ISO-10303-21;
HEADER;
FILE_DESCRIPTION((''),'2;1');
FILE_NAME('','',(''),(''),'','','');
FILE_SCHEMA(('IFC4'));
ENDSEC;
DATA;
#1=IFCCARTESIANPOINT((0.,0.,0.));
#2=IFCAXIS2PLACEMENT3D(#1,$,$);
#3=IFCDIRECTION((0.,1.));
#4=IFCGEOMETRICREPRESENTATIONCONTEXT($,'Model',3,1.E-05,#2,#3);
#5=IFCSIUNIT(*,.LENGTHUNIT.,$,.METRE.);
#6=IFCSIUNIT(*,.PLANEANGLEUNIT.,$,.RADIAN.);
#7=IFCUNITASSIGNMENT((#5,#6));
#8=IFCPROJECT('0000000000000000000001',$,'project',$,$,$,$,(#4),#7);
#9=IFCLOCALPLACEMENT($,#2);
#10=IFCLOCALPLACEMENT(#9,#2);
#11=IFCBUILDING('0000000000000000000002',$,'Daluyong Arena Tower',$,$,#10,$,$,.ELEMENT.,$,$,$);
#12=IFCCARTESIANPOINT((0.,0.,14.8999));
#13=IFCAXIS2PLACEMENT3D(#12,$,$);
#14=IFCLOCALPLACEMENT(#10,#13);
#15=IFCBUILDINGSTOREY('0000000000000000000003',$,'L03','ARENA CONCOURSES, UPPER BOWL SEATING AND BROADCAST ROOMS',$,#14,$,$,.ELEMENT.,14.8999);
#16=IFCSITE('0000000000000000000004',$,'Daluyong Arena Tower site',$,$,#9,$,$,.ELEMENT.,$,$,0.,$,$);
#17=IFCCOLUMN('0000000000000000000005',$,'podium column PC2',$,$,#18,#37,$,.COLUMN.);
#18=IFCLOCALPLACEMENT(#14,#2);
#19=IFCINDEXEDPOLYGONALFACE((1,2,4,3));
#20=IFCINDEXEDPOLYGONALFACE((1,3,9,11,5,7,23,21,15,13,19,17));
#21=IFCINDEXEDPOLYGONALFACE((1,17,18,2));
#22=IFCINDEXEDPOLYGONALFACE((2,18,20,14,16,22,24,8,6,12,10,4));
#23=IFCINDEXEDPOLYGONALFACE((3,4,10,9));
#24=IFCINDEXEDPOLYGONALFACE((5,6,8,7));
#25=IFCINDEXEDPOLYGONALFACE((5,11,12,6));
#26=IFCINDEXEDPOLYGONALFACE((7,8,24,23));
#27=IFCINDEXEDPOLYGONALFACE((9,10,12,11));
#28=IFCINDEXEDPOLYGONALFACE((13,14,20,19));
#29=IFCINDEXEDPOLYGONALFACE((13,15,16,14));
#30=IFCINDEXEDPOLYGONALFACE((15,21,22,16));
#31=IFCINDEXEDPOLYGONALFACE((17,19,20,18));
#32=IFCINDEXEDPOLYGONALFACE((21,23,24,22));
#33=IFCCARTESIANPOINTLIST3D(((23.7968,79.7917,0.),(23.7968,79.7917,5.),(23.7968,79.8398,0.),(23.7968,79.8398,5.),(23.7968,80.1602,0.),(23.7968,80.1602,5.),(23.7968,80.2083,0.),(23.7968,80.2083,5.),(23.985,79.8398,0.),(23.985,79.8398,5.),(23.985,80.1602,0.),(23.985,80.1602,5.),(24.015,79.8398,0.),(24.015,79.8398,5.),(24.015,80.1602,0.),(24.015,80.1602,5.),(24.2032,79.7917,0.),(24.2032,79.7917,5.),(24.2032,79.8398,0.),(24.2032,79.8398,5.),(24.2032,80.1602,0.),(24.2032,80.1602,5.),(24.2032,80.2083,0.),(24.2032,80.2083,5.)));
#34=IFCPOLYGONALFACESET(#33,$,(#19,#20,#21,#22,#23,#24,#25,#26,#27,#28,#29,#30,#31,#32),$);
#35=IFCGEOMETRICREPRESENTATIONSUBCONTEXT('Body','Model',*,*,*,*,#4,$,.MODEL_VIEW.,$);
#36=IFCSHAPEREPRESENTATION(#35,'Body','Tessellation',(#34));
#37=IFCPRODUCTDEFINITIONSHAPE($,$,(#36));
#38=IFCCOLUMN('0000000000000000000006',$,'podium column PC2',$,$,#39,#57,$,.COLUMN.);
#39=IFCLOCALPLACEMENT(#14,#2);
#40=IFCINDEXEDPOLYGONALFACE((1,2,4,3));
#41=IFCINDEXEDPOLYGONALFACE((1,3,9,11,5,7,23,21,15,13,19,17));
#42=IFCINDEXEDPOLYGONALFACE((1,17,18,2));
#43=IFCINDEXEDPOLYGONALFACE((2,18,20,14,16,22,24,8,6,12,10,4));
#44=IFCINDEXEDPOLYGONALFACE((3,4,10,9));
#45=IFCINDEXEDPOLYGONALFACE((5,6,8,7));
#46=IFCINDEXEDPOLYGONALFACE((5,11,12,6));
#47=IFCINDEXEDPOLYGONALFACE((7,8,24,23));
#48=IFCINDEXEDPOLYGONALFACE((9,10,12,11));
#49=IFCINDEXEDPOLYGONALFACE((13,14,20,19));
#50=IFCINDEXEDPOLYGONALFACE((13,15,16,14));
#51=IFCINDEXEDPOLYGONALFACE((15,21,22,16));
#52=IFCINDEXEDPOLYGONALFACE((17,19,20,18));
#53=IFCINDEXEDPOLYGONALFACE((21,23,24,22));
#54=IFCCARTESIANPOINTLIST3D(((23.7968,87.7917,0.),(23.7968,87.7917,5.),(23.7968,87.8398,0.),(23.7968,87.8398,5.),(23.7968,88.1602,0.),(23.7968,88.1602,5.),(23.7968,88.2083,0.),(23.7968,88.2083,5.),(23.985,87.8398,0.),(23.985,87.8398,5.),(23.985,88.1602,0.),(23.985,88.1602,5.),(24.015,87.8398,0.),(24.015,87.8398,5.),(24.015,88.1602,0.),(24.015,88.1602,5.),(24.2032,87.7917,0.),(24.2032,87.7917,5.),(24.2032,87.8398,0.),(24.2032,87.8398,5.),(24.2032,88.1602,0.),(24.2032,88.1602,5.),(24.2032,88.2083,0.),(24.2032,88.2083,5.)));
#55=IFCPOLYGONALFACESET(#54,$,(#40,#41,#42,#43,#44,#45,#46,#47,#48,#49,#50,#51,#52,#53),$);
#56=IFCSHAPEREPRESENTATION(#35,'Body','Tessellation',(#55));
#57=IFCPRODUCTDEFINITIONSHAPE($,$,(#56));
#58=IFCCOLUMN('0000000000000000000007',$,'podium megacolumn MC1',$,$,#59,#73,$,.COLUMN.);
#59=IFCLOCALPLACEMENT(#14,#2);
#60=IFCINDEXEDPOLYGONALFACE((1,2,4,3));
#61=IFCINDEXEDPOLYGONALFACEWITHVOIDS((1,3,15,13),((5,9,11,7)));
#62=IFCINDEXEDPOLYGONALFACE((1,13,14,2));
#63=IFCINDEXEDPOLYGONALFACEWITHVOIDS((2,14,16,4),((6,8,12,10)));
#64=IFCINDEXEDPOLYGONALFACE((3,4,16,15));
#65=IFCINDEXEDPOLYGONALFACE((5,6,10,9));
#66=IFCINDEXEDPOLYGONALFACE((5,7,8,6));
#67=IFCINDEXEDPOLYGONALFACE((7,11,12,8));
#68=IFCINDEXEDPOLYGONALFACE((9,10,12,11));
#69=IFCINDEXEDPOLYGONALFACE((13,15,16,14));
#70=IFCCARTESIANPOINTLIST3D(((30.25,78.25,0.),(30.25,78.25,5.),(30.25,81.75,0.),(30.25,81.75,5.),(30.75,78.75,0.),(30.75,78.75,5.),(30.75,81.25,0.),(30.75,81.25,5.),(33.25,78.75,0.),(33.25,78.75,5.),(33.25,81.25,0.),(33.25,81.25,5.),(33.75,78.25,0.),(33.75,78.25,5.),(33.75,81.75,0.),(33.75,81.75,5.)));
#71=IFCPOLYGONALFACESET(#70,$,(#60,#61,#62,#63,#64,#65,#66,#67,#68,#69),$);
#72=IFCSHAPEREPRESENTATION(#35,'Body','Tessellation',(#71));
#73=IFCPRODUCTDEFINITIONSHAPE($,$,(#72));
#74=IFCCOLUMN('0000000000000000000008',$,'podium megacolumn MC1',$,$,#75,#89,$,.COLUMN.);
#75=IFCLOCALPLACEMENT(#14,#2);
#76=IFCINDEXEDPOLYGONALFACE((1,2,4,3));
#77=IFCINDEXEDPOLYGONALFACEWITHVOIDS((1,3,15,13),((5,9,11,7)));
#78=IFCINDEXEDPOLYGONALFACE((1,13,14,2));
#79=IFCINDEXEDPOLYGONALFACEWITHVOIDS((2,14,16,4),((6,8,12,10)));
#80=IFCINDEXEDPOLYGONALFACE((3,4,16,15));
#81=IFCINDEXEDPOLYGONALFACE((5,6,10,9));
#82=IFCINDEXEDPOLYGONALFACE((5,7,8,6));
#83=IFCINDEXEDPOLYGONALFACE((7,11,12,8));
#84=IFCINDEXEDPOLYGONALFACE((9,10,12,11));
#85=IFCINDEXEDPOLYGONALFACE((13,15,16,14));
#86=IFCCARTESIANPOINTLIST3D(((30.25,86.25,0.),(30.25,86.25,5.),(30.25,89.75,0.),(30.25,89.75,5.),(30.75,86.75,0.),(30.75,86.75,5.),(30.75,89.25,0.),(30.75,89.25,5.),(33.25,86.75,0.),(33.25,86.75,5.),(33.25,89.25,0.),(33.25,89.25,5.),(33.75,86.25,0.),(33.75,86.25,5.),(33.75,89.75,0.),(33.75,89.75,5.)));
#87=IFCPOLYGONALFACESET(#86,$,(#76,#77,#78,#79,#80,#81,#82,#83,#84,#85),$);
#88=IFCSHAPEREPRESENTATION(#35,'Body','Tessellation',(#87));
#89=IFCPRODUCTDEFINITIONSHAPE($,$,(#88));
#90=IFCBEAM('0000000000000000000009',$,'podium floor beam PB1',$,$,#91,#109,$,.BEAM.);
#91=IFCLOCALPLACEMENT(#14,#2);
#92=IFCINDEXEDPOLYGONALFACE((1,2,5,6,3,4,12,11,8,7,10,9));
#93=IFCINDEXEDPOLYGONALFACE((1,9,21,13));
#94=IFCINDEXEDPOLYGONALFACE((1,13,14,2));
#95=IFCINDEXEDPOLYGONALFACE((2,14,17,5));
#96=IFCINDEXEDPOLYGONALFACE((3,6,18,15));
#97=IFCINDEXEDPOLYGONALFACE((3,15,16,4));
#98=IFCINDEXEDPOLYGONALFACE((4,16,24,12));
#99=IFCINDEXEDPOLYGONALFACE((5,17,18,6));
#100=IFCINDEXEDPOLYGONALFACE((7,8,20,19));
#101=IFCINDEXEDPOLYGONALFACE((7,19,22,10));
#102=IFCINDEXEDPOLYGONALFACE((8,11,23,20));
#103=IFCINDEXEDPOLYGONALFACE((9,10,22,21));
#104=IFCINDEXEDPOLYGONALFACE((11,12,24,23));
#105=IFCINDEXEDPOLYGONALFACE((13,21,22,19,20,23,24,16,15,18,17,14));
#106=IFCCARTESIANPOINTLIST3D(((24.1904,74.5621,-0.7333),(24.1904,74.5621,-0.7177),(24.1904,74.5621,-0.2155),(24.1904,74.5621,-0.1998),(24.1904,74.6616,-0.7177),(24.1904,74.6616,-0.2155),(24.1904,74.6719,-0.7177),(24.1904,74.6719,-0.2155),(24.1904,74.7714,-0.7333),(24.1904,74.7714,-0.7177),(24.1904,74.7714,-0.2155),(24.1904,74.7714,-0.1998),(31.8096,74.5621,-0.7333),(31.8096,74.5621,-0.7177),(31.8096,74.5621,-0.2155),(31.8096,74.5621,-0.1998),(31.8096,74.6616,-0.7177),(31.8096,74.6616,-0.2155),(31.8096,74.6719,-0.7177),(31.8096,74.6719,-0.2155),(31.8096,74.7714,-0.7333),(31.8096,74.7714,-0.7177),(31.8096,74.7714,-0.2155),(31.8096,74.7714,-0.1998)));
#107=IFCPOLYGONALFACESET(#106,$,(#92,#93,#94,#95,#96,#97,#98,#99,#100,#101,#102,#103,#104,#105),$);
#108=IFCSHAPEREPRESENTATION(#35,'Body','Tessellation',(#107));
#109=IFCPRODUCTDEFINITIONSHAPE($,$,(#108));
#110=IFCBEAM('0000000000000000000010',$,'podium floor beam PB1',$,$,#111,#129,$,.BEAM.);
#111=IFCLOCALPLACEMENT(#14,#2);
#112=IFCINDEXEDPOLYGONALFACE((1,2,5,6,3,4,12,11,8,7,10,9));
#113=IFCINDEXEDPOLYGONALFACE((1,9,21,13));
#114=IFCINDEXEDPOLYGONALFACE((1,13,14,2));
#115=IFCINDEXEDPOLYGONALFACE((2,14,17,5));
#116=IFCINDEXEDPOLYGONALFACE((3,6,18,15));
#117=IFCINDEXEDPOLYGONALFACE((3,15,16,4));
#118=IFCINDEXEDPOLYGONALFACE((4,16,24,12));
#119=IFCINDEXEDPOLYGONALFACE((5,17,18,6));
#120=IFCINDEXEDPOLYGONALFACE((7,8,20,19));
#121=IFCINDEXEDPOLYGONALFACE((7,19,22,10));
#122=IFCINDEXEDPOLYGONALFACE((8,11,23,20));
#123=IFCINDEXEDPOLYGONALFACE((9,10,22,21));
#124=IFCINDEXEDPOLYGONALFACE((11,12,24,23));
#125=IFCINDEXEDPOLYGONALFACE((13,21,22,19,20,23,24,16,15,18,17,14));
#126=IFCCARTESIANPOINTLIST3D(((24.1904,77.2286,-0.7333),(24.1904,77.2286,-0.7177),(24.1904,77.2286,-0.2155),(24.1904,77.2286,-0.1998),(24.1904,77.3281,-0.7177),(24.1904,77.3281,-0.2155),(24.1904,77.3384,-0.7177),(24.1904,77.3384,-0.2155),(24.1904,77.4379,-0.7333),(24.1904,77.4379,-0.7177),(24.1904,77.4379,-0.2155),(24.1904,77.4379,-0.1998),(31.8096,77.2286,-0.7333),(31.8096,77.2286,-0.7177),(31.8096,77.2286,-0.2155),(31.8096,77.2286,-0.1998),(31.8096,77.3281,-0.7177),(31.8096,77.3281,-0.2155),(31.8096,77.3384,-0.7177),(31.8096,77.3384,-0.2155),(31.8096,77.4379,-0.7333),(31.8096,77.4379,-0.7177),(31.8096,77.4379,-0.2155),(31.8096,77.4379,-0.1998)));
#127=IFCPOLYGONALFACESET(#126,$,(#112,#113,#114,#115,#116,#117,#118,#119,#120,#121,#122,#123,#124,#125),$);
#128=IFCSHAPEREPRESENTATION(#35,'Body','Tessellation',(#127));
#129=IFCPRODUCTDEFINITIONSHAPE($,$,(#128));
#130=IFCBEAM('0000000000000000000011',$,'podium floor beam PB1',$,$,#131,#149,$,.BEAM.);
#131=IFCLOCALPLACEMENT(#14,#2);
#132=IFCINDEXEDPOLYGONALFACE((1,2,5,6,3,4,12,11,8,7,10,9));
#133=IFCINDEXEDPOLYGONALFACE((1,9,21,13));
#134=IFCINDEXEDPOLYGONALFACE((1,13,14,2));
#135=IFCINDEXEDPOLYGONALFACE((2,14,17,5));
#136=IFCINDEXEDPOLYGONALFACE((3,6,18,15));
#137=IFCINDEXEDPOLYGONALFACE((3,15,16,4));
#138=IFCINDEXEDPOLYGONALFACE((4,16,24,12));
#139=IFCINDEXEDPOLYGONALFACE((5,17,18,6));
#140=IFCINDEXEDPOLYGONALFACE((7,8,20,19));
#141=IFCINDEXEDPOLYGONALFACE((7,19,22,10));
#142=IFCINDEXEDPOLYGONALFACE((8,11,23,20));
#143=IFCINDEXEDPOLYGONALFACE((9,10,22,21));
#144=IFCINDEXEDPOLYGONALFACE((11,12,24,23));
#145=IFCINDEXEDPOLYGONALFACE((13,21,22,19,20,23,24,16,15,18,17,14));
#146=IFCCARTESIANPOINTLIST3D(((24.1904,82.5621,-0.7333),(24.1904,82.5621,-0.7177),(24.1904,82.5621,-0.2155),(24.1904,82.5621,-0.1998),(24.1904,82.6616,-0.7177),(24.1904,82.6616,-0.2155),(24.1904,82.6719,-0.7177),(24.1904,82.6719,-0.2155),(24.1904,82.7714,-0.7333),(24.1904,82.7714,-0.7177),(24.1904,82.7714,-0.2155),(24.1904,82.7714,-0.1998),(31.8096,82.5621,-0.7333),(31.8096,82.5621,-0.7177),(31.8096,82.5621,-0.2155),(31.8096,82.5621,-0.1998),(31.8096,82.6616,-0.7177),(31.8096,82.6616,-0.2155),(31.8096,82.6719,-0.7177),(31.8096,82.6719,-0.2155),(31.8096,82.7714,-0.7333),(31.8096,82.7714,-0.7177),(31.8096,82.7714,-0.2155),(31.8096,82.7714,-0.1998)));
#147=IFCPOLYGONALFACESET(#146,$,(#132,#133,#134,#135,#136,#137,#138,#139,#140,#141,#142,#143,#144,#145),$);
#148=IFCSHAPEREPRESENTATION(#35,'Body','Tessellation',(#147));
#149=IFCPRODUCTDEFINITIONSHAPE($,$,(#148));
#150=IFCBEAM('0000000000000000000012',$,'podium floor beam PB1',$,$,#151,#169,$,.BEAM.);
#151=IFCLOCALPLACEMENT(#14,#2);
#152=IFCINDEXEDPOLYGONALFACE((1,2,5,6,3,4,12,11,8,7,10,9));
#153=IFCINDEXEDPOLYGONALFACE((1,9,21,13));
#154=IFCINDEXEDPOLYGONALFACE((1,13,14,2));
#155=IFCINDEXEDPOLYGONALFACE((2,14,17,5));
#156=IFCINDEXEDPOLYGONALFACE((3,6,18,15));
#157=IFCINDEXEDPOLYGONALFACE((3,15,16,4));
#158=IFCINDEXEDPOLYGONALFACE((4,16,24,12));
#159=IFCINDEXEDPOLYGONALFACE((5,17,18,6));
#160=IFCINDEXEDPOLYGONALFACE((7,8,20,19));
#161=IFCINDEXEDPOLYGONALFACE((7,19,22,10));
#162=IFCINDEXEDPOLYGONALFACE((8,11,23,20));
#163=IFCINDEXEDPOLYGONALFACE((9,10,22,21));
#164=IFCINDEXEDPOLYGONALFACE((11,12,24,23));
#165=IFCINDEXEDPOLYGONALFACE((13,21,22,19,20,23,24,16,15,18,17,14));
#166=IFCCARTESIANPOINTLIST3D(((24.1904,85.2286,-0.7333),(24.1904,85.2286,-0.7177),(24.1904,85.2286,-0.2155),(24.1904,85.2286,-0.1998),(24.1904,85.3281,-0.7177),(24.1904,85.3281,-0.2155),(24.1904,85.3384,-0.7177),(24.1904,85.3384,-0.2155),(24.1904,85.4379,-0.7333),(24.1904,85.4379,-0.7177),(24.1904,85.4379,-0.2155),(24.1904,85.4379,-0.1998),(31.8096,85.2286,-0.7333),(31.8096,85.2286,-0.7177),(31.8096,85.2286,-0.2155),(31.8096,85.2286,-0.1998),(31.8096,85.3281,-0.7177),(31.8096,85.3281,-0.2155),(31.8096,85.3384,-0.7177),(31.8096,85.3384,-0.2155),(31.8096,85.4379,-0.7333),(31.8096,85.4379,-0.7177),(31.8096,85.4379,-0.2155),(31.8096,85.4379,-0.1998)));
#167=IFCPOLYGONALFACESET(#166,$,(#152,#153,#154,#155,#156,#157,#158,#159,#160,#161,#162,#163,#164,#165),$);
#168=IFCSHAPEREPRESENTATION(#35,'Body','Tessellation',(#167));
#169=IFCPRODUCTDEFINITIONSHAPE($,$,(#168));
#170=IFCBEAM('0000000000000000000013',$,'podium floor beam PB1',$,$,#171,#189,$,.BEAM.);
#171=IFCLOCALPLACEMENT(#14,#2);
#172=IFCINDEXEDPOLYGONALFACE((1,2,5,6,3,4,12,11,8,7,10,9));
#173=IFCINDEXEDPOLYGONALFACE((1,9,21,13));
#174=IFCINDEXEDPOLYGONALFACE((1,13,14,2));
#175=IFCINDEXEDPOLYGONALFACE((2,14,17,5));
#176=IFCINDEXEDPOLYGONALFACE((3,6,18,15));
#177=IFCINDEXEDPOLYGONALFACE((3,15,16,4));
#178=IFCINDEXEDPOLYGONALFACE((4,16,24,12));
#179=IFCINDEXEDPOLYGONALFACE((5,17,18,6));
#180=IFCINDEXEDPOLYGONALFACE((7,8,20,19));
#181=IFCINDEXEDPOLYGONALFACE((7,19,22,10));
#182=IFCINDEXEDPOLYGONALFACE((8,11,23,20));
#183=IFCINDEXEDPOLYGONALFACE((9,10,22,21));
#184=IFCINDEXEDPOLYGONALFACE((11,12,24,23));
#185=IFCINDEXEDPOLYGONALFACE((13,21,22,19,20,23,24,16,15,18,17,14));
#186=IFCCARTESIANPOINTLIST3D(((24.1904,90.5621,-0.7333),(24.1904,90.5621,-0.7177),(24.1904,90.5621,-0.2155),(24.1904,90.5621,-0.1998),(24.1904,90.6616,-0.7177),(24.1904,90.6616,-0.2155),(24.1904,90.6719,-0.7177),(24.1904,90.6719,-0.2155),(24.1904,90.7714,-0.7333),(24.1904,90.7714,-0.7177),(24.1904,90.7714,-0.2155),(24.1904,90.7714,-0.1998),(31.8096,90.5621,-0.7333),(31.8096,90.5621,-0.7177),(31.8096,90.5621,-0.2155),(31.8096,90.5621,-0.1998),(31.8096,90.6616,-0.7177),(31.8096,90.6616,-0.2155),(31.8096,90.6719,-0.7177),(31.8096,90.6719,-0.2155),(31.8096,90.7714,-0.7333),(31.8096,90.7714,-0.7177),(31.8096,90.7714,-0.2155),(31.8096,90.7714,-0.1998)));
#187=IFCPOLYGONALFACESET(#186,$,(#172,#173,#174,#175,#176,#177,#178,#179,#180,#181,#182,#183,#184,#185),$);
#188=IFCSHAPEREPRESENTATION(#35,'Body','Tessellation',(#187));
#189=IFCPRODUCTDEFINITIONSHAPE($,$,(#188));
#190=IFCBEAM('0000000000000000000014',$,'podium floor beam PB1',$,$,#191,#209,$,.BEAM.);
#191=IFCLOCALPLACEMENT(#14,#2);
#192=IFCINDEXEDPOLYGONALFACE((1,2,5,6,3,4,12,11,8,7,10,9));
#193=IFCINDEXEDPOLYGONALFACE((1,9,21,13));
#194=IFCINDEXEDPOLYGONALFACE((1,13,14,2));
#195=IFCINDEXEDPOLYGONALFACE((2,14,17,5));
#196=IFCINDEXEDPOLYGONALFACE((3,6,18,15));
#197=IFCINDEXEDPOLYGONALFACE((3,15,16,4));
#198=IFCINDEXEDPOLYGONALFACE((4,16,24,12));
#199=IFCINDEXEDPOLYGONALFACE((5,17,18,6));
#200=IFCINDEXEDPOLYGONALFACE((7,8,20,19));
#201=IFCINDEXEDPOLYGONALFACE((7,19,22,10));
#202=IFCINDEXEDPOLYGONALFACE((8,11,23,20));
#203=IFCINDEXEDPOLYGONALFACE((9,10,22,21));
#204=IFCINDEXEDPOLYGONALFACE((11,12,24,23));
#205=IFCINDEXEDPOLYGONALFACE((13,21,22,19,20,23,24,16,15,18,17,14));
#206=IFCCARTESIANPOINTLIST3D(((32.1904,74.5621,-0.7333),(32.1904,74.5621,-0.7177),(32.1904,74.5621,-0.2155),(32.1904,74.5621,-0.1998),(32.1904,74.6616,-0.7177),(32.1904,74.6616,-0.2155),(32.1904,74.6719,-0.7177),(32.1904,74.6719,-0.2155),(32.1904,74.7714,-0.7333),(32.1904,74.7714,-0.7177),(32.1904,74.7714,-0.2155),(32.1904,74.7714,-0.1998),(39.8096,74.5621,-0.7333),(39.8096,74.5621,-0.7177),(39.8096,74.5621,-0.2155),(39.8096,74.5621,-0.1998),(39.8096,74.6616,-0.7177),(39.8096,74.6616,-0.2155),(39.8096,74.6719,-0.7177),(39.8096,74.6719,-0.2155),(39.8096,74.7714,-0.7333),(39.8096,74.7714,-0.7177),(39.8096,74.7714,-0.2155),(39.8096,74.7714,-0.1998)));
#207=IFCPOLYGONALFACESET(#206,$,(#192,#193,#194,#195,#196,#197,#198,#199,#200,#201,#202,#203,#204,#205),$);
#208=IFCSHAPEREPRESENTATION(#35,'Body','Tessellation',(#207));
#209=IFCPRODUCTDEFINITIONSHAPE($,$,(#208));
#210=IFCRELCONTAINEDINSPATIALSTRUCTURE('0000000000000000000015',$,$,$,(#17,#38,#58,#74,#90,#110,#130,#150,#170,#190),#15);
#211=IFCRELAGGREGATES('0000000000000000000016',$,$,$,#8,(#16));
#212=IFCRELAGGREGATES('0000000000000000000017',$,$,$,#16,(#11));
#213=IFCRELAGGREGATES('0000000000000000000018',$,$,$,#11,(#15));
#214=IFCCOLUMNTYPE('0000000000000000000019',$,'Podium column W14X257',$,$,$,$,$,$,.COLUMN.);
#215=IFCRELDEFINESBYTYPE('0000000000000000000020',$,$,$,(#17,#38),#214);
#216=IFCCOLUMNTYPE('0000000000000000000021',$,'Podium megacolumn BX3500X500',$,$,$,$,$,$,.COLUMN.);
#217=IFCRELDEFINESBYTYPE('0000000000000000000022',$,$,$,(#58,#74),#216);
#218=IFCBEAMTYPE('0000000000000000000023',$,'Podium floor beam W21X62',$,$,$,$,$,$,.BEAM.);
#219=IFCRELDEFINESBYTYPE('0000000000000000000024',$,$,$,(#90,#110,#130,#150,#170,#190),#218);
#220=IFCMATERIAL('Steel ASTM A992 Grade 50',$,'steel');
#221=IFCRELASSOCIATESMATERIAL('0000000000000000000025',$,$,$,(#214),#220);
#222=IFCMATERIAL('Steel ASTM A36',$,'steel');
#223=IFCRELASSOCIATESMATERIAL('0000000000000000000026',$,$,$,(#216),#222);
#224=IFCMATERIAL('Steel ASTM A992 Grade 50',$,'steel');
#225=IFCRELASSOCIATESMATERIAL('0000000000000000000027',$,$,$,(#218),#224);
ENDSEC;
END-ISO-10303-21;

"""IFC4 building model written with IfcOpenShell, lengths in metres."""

from ifc_helpers import new_model, si_unit, direction, frame, origin, origin_2d, place, context, subcontext, project, spatial, hollow_rectangle, i_section, extrude, material, material_profile, profile_set, type_object, element, save


model = new_model("IFC4")

# Units and contexts
model_context = context("Model", 3, precision=1e-05, world=origin(), true_north=direction((0.0, 1.0)))
body_context = subcontext(model_context, "Body", "Model", "MODEL_VIEW")
ifc_project = project(units=[si_unit("LENGTHUNIT", "METRE"), si_unit("PLANEANGLEUNIT", "RADIAN")], contexts=[model_context])

# Site, building, storey
site_placement = place(None, origin())
site = spatial("IfcSite", under=ifc_project, at=site_placement, Name="Daluyong Arena Tower site", CompositionType="ELEMENT", RefElevation=0.0)
building_placement = place(site_placement, origin())
building = spatial("IfcBuilding", under=site, at=building_placement, Name="Daluyong Arena Tower", CompositionType="ELEMENT")
storey_placement = place(building_placement, frame((0.0, 0.0, 14.8999)))
storey = spatial("IfcBuildingStorey", under=building, at=storey_placement, Name="L03", Description="ARENA CONCOURSES, UPPER BOWL SEATING AND BROADCAST ROOMS", CompositionType="ELEMENT", Elevation=14.8999)

# Columns
ifc_material_1 = material(Name="Steel ASTM A992 Grade 50", Category="steel")
ifc_material_profile_1 = material_profile(ifc_material_1, i_section(OverallWidth=0.4065, OverallDepth=0.4165, WebThickness=0.03, FlangeThickness=0.0481, at=origin_2d()))
ifc_profile_set_1 = profile_set([ifc_material_profile_1], Name="Steel ASTM A992 Grade 50")
column_type_1 = type_object("IfcColumnType", Name="Podium column W14X257", PredefinedType="COLUMN", material=ifc_profile_set_1)
for number, where, z_axis, x_axis, name in (
    (1, (24.0, 80.0, 0.0), (0.0, 0.0, 1.0), (1.0, 0.0, 0.0), "podium column PC2"),
    (2, (24.0, 88.0, 0.0), (0.0, 0.0, 1.0), (1.0, 0.0, 0.0), "podium column PC2"),
):
    element("IfcColumn", number, at=place(storey_placement, frame(where, z_axis=z_axis, x_axis=x_axis)), inside=storey, type_object=column_type_1, Name=name, PredefinedType="COLUMN", context=body_context, shape_type="SweptSolid", body=[
        extrude(i_section(OverallWidth=0.4065, OverallDepth=0.4165, WebThickness=0.03, FlangeThickness=0.0481, at=origin_2d()), origin(), (0.0, 0.0, 1.0), 5.0),
    ])
ifc_material_2 = material(Name="Steel ASTM A36", Category="steel")
ifc_material_profile_2 = material_profile(ifc_material_2, hollow_rectangle(XDim=3.5, YDim=3.5, WallThickness=0.5, at=origin_2d()))
ifc_profile_set_2 = profile_set([ifc_material_profile_2], Name="Steel ASTM A36")
column_type_2 = type_object("IfcColumnType", Name="Podium megacolumn BX3500X500", PredefinedType="COLUMN", material=ifc_profile_set_2)
for number, where, z_axis, x_axis, name in (
    (3, (32.0, 80.0, 0.0), (0.0, 0.0, 1.0), (1.0, 0.0, 0.0), "podium megacolumn MC1"),
    (4, (32.0, 88.0, 0.0), (0.0, 0.0, 1.0), (1.0, 0.0, 0.0), "podium megacolumn MC1"),
):
    element("IfcColumn", number, at=place(storey_placement, frame(where, z_axis=z_axis, x_axis=x_axis)), inside=storey, type_object=column_type_2, Name=name, PredefinedType="COLUMN", context=body_context, shape_type="SweptSolid", body=[
        extrude(hollow_rectangle(XDim=3.5, YDim=3.5, WallThickness=0.5, at=origin_2d()), origin(), (0.0, 0.0, 1.0), 5.0),
    ])

# Beams
ifc_material_3 = material(Name="Steel ASTM A992 Grade 50", Category="steel")
ifc_material_profile_3 = material_profile(ifc_material_3, i_section(OverallWidth=0.2092, OverallDepth=0.5334, WebThickness=0.0103, FlangeThickness=0.0156, at=origin_2d()))
ifc_profile_set_3 = profile_set([ifc_material_profile_3], Name="Steel ASTM A992 Grade 50")
beam_type_1 = type_object("IfcBeamType", Name="Podium floor beam W21X62", PredefinedType="BEAM", material=ifc_profile_set_3)
for number, where, z_axis, x_axis, name in (
    (5, (24.1904, 74.6667, -0.4666), (1.0, 0.0, 0.0), (0.0, 1.0, 0.0), "podium floor beam PB1"),
    (6, (24.1904, 77.3333, -0.4666), (1.0, 0.0, 0.0), (0.0, 1.0, 0.0), "podium floor beam PB1"),
    (7, (24.1904, 82.6667, -0.4666), (1.0, 0.0, 0.0), (0.0, 1.0, 0.0), "podium floor beam PB1"),
    (8, (24.1904, 85.3333, -0.4666), (1.0, 0.0, 0.0), (0.0, 1.0, 0.0), "podium floor beam PB1"),
    (9, (24.1904, 90.6667, -0.4666), (1.0, 0.0, 0.0), (0.0, 1.0, 0.0), "podium floor beam PB1"),
    (10, (32.1904, 74.6667, -0.4666), (1.0, 0.0, 0.0), (0.0, 1.0, 0.0), "podium floor beam PB1"),
):
    element("IfcBeam", number, at=place(storey_placement, frame(where, z_axis=z_axis, x_axis=x_axis)), inside=storey, type_object=beam_type_1, Name=name, PredefinedType="BEAM", context=body_context, shape_type="SweptSolid", body=[
        extrude(i_section(OverallWidth=0.2092, OverallDepth=0.5334, WebThickness=0.0103, FlangeThickness=0.0156, at=origin_2d()), origin(), (0.0, 0.0, 1.0), 7.6191),
    ])

save(model, "model.ifc")
